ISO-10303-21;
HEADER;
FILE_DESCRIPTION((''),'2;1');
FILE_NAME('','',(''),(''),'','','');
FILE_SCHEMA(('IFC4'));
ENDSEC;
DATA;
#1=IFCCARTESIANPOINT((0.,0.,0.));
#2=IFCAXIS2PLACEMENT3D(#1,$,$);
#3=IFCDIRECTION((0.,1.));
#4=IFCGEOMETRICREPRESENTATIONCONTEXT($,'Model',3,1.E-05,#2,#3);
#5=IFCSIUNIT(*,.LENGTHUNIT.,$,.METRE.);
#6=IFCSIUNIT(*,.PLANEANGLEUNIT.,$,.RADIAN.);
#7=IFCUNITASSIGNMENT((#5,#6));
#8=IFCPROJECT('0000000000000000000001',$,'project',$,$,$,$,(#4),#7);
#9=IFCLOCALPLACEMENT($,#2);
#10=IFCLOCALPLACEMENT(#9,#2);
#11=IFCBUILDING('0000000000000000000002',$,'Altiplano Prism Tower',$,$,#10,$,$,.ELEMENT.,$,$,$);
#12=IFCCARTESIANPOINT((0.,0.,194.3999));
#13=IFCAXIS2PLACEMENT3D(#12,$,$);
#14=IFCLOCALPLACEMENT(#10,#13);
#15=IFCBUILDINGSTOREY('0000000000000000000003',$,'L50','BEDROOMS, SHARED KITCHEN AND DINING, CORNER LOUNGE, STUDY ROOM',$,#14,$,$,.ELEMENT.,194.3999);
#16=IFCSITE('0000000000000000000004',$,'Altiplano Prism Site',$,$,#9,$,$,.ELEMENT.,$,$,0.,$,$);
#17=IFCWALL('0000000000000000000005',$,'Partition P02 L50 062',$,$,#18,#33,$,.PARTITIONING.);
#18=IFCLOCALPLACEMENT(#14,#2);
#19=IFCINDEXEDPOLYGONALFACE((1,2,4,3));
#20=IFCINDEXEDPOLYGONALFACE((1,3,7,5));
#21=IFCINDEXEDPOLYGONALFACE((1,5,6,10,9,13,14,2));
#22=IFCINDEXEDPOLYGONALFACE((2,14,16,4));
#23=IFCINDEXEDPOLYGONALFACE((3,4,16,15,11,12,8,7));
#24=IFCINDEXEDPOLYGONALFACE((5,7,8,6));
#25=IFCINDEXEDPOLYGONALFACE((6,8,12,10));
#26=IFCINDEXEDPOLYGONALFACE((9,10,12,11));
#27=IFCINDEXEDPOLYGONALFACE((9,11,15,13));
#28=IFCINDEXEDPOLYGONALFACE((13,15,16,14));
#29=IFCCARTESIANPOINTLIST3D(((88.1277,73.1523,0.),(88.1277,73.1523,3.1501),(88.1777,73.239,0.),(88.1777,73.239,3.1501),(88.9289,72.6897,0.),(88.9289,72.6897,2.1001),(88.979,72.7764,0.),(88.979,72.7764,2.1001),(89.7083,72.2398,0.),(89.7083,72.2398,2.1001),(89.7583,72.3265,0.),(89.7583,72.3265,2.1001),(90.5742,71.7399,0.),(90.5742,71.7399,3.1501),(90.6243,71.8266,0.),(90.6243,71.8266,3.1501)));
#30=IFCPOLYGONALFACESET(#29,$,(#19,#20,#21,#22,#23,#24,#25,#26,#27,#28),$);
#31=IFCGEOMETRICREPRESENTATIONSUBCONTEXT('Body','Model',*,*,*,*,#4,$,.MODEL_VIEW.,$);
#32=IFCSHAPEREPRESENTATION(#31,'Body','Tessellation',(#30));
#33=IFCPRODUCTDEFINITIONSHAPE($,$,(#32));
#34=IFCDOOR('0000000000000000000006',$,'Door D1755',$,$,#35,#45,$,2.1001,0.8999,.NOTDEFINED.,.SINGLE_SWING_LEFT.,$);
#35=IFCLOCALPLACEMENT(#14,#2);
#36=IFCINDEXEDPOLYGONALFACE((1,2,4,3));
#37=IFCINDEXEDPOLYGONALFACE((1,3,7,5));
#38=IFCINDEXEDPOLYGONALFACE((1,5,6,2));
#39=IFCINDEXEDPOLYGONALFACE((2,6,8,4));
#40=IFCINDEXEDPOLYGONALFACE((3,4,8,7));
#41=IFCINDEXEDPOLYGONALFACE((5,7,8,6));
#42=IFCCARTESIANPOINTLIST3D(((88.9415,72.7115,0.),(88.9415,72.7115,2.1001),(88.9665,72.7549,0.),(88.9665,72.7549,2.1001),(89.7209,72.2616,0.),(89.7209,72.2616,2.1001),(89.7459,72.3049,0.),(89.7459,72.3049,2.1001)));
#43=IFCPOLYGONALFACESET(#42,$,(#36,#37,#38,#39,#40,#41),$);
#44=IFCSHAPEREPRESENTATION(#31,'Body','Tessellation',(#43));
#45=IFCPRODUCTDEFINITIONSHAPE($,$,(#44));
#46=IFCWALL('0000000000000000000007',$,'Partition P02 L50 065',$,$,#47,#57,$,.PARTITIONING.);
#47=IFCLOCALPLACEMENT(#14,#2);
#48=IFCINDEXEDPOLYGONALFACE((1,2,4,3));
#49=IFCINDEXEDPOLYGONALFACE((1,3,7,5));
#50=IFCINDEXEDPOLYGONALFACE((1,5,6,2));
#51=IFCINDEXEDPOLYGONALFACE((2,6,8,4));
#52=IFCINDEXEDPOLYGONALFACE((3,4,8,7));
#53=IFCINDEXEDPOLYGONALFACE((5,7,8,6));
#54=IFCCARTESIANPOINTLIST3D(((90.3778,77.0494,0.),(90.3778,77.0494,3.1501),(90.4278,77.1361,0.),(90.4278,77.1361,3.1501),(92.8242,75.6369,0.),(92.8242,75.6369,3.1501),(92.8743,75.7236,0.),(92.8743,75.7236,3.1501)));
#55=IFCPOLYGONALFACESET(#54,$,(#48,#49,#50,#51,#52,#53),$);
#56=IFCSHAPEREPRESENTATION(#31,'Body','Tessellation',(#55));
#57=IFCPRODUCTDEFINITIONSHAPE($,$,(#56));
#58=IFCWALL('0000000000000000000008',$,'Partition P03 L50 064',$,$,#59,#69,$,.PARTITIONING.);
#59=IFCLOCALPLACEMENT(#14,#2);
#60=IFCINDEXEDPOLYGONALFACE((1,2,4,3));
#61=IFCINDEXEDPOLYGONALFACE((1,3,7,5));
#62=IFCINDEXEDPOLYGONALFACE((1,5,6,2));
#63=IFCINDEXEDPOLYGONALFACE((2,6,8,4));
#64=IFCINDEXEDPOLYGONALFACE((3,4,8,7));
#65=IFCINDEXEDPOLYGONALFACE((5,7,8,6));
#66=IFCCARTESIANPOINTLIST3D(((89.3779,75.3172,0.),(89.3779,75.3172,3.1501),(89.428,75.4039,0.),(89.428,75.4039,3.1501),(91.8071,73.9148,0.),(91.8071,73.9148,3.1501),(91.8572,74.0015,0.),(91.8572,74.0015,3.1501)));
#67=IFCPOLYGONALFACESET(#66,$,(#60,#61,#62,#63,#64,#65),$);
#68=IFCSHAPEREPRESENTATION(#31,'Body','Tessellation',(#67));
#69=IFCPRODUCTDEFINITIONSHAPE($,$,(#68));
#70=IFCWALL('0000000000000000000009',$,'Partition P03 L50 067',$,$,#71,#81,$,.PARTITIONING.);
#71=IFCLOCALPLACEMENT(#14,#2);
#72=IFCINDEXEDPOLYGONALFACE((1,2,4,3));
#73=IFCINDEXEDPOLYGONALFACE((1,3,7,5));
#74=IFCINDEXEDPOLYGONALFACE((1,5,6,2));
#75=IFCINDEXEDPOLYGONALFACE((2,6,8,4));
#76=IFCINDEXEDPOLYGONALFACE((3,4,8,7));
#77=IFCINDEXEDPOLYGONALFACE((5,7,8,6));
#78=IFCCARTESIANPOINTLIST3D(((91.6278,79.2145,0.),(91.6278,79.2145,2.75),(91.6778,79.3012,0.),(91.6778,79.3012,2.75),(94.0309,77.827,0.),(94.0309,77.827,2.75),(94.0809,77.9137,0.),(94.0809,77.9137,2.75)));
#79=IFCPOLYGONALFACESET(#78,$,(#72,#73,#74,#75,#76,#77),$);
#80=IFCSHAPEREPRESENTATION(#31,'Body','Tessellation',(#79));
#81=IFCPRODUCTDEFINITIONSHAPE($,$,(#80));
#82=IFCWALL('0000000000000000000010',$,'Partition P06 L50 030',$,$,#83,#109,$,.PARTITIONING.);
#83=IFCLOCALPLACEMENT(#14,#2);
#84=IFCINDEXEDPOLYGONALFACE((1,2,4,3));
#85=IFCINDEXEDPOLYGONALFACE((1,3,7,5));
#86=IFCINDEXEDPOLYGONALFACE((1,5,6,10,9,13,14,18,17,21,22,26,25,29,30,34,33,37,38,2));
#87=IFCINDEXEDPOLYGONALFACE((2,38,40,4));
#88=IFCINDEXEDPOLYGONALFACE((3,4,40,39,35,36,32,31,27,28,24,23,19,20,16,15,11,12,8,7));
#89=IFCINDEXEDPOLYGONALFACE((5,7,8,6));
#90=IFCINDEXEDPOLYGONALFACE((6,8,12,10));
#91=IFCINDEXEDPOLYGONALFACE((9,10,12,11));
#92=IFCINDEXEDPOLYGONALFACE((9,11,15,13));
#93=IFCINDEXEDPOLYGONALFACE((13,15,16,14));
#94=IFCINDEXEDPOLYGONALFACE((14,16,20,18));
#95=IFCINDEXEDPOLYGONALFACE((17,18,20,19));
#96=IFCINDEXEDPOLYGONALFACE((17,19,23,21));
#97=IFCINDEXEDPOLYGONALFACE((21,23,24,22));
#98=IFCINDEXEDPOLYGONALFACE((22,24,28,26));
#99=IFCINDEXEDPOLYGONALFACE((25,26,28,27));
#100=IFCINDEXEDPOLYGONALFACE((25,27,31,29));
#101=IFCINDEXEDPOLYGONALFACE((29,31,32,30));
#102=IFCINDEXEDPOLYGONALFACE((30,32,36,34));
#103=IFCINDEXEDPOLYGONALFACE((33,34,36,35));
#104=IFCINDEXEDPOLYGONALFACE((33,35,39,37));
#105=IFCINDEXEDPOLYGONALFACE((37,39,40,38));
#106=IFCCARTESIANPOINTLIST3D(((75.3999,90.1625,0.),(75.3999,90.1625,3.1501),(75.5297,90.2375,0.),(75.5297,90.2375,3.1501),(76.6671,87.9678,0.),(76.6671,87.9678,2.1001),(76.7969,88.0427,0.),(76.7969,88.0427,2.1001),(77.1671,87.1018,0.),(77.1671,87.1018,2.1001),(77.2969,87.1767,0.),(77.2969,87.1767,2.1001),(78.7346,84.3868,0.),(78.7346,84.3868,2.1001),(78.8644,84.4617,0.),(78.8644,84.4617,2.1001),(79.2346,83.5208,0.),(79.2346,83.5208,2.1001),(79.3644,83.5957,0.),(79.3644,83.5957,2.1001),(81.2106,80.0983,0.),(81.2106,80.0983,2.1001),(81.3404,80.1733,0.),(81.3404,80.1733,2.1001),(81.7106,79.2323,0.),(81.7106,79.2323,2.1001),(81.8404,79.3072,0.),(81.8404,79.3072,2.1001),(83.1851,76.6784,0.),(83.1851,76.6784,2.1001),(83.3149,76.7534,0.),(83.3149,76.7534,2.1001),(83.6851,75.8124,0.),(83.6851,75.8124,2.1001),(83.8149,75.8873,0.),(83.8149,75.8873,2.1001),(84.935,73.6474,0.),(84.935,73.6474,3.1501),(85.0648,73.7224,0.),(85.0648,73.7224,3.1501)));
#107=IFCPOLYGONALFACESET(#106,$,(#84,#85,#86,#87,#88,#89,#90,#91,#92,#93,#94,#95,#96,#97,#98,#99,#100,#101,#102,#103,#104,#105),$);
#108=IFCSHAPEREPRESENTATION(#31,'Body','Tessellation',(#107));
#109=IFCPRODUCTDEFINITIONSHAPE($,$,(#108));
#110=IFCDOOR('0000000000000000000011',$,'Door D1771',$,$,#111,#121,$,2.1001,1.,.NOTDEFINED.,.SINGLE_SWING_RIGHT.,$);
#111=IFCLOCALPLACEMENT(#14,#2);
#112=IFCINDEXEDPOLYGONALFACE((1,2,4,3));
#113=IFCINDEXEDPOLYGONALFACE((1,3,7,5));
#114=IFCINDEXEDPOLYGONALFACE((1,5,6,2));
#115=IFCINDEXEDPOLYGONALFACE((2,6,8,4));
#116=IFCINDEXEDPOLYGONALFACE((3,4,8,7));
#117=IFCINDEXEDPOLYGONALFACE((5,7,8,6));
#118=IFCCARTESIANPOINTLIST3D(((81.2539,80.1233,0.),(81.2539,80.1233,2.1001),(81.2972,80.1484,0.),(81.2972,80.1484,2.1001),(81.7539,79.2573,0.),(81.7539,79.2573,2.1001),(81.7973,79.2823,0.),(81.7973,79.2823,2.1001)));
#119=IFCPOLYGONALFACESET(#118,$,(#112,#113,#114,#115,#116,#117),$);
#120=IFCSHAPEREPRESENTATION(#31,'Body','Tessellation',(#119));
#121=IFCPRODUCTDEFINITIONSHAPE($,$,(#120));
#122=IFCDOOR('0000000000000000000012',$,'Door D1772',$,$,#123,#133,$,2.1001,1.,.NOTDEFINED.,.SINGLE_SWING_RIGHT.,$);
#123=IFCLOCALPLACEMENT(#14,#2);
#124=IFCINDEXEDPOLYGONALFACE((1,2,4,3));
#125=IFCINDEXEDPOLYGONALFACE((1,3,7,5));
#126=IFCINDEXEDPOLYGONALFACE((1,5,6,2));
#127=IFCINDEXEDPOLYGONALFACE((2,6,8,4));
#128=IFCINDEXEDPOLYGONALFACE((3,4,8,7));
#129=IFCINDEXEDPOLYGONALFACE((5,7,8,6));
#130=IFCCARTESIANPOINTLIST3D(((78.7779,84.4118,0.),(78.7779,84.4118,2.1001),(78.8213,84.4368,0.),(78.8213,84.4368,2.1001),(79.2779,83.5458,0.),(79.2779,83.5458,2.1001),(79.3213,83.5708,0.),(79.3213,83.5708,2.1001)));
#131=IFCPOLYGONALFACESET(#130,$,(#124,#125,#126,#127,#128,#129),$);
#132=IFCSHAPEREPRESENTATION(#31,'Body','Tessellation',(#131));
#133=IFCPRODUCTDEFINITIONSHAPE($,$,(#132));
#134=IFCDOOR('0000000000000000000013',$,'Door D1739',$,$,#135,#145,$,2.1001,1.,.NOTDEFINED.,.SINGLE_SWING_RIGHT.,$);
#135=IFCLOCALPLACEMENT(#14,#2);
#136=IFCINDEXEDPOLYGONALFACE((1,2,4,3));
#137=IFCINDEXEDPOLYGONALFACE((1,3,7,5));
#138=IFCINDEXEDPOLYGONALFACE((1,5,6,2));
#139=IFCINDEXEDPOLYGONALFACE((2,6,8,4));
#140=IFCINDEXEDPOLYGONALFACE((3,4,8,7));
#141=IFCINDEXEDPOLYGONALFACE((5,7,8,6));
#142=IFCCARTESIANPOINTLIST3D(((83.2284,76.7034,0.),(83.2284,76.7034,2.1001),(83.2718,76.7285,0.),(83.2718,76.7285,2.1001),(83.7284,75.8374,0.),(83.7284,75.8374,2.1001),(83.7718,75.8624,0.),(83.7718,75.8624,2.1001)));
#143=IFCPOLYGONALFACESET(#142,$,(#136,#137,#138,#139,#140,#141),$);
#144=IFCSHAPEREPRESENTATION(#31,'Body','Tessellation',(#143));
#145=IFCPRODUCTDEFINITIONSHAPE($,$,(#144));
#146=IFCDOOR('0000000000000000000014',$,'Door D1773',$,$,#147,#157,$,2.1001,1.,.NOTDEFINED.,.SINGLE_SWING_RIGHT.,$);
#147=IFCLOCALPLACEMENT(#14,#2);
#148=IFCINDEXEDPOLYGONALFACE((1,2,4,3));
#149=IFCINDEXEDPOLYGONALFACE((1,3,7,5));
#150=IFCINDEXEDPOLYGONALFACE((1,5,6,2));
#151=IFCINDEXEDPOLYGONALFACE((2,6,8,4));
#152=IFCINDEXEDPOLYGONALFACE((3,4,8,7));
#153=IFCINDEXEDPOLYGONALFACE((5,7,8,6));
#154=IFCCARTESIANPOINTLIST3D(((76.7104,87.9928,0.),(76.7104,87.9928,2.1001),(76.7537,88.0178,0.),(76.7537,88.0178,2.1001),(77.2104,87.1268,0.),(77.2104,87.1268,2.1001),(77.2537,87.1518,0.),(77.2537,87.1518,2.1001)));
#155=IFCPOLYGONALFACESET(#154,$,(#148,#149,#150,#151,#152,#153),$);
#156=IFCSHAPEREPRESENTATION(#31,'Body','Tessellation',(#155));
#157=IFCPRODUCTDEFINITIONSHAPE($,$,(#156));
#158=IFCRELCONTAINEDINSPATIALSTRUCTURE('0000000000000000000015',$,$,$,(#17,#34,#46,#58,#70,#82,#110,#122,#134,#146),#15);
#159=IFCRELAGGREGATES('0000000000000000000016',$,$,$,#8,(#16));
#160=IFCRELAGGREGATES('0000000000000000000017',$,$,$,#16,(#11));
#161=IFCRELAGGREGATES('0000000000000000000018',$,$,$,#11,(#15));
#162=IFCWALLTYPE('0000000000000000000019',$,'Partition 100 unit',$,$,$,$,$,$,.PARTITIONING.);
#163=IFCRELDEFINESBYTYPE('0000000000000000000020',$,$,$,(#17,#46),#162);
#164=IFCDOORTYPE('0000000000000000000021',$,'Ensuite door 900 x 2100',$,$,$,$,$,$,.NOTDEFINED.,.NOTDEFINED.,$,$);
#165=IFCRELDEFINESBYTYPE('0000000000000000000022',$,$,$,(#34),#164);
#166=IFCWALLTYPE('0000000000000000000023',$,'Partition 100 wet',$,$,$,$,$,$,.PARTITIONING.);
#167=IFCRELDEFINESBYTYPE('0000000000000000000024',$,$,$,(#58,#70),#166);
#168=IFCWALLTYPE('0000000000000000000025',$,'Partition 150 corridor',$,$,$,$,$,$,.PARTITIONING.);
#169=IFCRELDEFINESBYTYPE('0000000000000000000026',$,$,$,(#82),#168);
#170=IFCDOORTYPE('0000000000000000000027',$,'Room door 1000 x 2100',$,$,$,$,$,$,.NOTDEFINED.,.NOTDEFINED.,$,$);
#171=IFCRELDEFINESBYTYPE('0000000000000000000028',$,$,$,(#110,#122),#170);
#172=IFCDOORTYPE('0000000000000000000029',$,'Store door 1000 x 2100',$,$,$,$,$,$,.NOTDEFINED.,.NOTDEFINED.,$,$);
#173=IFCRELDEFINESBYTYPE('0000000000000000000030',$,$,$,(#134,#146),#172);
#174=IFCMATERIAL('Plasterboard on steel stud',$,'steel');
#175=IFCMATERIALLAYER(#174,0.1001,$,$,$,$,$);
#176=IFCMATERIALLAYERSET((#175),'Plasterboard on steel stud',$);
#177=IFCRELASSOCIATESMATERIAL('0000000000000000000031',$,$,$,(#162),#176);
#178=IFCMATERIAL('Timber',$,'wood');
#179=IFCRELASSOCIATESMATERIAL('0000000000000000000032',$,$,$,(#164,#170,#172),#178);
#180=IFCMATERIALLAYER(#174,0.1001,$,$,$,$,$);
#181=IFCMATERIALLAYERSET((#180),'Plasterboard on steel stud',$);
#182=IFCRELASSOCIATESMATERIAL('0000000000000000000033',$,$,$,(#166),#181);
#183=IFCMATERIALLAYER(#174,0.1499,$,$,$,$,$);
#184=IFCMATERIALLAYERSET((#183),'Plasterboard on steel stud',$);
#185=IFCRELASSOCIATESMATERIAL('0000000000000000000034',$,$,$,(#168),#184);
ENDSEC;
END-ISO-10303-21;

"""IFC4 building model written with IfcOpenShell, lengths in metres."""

from ifc_helpers import new_model, si_unit, direction, frame, frame_2d, origin, place, context, subcontext, project, spatial, rectangle, extrude, material, layer, layer_set, type_object, element, fill, save


model = new_model("IFC4")

# Units and contexts
model_context = context("Model", 3, precision=1e-05, world=origin(), true_north=direction((0.0, 1.0)))
body_context = subcontext(model_context, "Body", "Model", "MODEL_VIEW")
ifc_project = project(units=[si_unit("LENGTHUNIT", "METRE"), si_unit("PLANEANGLEUNIT", "RADIAN")], contexts=[model_context])

# Site, building, storey
site_placement = place(None, origin())
site = spatial("IfcSite", under=ifc_project, at=site_placement, Name="Altiplano Prism Site", CompositionType="ELEMENT", RefElevation=0.0)
building_placement = place(site_placement, origin())
building = spatial("IfcBuilding", under=site, at=building_placement, Name="Altiplano Prism Tower", CompositionType="ELEMENT")
storey_placement = place(building_placement, frame((0.0, 0.0, 194.3999)))
storey = spatial("IfcBuildingStorey", under=building, at=storey_placement, Name="L50", Description="BEDROOMS, SHARED KITCHEN AND DINING, CORNER LOUNGE, STUDY ROOM", CompositionType="ELEMENT", Elevation=194.3999)

# Shared definitions
ifc_material_1 = material(Name="Plasterboard on steel stud", Category="steel")
ifc_layer_1 = layer(ifc_material_1, 0.1001)
ifc_layer_set_1 = layer_set([ifc_layer_1], Name="Plasterboard on steel stud")
wall_type_1 = type_object("IfcWallType", Name="Partition 100 unit", PredefinedType="PARTITIONING", material=ifc_layer_set_1)
ifc_material_2 = material(Name="Timber", Category="wood")
door_type_1 = type_object("IfcDoorType", Name="Ensuite door 900 x 2100", OperationType="NOTDEFINED", PredefinedType="NOTDEFINED", material=ifc_material_2)

# Wall, opening, door
wall_1_placement = place(storey_placement, frame((90.5994, 71.7832, 0.0), z_axis=(0.0, 0.0, 1.0), x_axis=(-0.866049, 0.499959, 0.0)))
wall_1 = element("IfcWall", 1, at=wall_1_placement, inside=storey, type_object=wall_type_1, Name="Partition P02 L50 062", PredefinedType="PARTITIONING", context=body_context, shape_type="SweptSolid", body=[
    extrude(rectangle(XDim=2.825, YDim=0.1001, at=frame_2d((1.4126, 0.0))), origin(), (0.0, 0.0, 1.0), 3.1501),
])
opening_1_placement = place(wall_1_placement, frame((1.0, 0.0, 0.0)))
opening_1 = element("IfcOpeningElement", 2, at=opening_1_placement, cuts=wall_1, PredefinedType="OPENING", context=body_context, shape_type="SweptSolid", body=[
    extrude(rectangle(XDim=0.8999, YDim=2.1001, at=frame_2d((0.45, 1.05))), frame((0.0, 0.0605, 0.0), z_axis=(0.0, -1.0, 0.0), x_axis=(1.0, 0.0, 0.0)), (0.0, 0.0, 1.0), 0.1211),
])
door_1_placement = place(opening_1_placement, origin())
door_1 = element("IfcDoor", 3, at=door_1_placement, inside=storey, type_object=door_type_1, Name="Door D1755", OperationType="SINGLE_SWING_LEFT", OverallHeight=2.1001, OverallWidth=0.8999, PredefinedType="NOTDEFINED", context=body_context, shape_type="SweptSolid", body=[
    extrude(rectangle(XDim=0.8999, YDim=2.1001, at=frame_2d((0.45, 1.05))), frame((0.0, 0.0249, 0.0), z_axis=(0.0, -1.0, 0.0), x_axis=(1.0, 0.0, 0.0)), (0.0, 0.0, 1.0), 0.05),
])
fill(opening_1, door_1)

# Walls
wall_2_placement = place(storey_placement, frame((92.8494, 75.6802, 0.0), z_axis=(0.0, 0.0, 1.0), x_axis=(-0.866011, 0.500024, 0.0)))
element("IfcWall", 4, at=wall_2_placement, inside=storey, type_object=wall_type_1, Name="Partition P02 L50 065", PredefinedType="PARTITIONING", context=body_context, shape_type="SweptSolid", body=[
    extrude(rectangle(XDim=2.825, YDim=0.1001, at=frame_2d((1.4126, 0.0))), origin(), (0.0, 0.0, 1.0), 3.1501),
])
ifc_layer_2 = layer(ifc_material_1, 0.1001)
ifc_layer_set_2 = layer_set([ifc_layer_2], Name="Plasterboard on steel stud")
wall_type_2 = type_object("IfcWallType", Name="Partition 100 wet", PredefinedType="PARTITIONING", material=ifc_layer_set_2)
wall_3_placement = place(storey_placement, frame((91.832, 73.9583, 0.0), z_axis=(0.0, 0.0, 1.0), x_axis=(-0.866049, 0.499959, 0.0)))
element("IfcWall", 5, at=wall_3_placement, inside=storey, type_object=wall_type_2, Name="Partition P03 L50 064", PredefinedType="PARTITIONING", context=body_context, shape_type="SweptSolid", body=[
    extrude(rectangle(XDim=2.8049, YDim=0.1001, at=frame_2d((1.4023, 0.0))), origin(), (0.0, 0.0, 1.0), 3.1501),
])
wall_4_placement = place(storey_placement, frame((94.0559, 77.8704, 0.0), z_axis=(0.0, 0.0, 1.0), x_axis=(-0.86602, 0.500009, 0.0)))
element("IfcWall", 6, at=wall_4_placement, inside=storey, type_object=wall_type_2, Name="Partition P03 L50 067", PredefinedType="PARTITIONING", context=body_context, shape_type="SweptSolid", body=[
    extrude(rectangle(XDim=2.7749, YDim=0.1001, at=frame_2d((1.3875, 0.0))), origin(), (0.0, 0.0, 1.0), 2.75),
])

# Wall, openings, doors
ifc_layer_3 = layer(ifc_material_1, 0.1499)
ifc_layer_set_3 = layer_set([ifc_layer_3], Name="Plasterboard on steel stud")
wall_type_3 = type_object("IfcWallType", Name="Partition 150 corridor", PredefinedType="PARTITIONING", material=ifc_layer_set_3)
wall_5_placement = place(storey_placement, frame((85.0, 73.6848, 0.0), z_axis=(0.0, 0.0, 1.0), x_axis=(-0.500005, 0.866022, 0.0)))
wall_5 = element("IfcWall", 7, at=wall_5_placement, inside=storey, type_object=wall_type_3, Name="Partition P06 L50 030", PredefinedType="PARTITIONING", context=body_context, shape_type="SweptSolid", body=[
    extrude(rectangle(XDim=19.0701, YDim=0.1499, at=frame_2d((9.5352, 0.0))), origin(), (0.0, 0.0, 1.0), 3.1501),
])
opening_2_placement = place(wall_5_placement, frame((2.5, 0.0, 0.0)))
opening_2 = element("IfcOpeningElement", 8, at=opening_2_placement, cuts=wall_5, PredefinedType="OPENING", context=body_context, shape_type="SweptSolid", body=[
    extrude(rectangle(XDim=1.0, YDim=2.1001, at=frame_2d((0.5, 1.05))), frame((0.0, 0.0854, 0.0), z_axis=(0.0, -1.0, 0.0), x_axis=(1.0, 0.0, 0.0)), (0.0, 0.0, 1.0), 0.1709),
])
opening_3_placement = place(wall_5_placement, frame((6.449, 0.0, 0.0)))
opening_3 = element("IfcOpeningElement", 9, at=opening_3_placement, cuts=wall_5, PredefinedType="OPENING", context=body_context, shape_type="SweptSolid", body=[
    extrude(rectangle(XDim=1.0, YDim=2.1001, at=frame_2d((0.5, 1.05))), frame((0.0, 0.0854, 0.0), z_axis=(0.0, -1.0, 0.0), x_axis=(1.0, 0.0, 0.0)), (0.0, 0.0, 1.0), 0.1709),
])
opening_4_placement = place(wall_5_placement, frame((11.4009, 0.0, 0.0)))
opening_4 = element("IfcOpeningElement", 10, at=opening_4_placement, cuts=wall_5, PredefinedType="OPENING", context=body_context, shape_type="SweptSolid", body=[
    extrude(rectangle(XDim=1.0, YDim=2.1001, at=frame_2d((0.5, 1.05))), frame((0.0, 0.0854, 0.0), z_axis=(0.0, -1.0, 0.0), x_axis=(1.0, 0.0, 0.0)), (0.0, 0.0, 1.0), 0.1709),
])
opening_5_placement = place(wall_5_placement, frame((15.5359, 0.0, 0.0)))
opening_5 = element("IfcOpeningElement", 11, at=opening_5_placement, cuts=wall_5, PredefinedType="OPENING", context=body_context, shape_type="SweptSolid", body=[
    extrude(rectangle(XDim=1.0, YDim=2.1001, at=frame_2d((0.5, 1.05))), frame((0.0, 0.0854, 0.0), z_axis=(0.0, -1.0, 0.0), x_axis=(1.0, 0.0, 0.0)), (0.0, 0.0, 1.0), 0.1709),
])
door_type_2 = type_object("IfcDoorType", Name="Room door 1000 x 2100", OperationType="NOTDEFINED", PredefinedType="NOTDEFINED", material=ifc_material_2)
door_2_placement = place(opening_3_placement, origin())
door_2 = element("IfcDoor", 12, at=door_2_placement, inside=storey, type_object=door_type_2, Name="Door D1771", OperationType="SINGLE_SWING_RIGHT", OverallHeight=2.1001, OverallWidth=1.0, PredefinedType="NOTDEFINED", context=body_context, shape_type="SweptSolid", body=[
    extrude(rectangle(XDim=1.0, YDim=2.1001, at=frame_2d((0.5, 1.05))), frame((0.0, 0.0249, 0.0), z_axis=(0.0, -1.0, 0.0), x_axis=(1.0, 0.0, 0.0)), (0.0, 0.0, 1.0), 0.05),
])
fill(opening_3, door_2)
door_3_placement = place(opening_4_placement, origin())
door_3 = element("IfcDoor", 13, at=door_3_placement, inside=storey, type_object=door_type_2, Name="Door D1772", OperationType="SINGLE_SWING_RIGHT", OverallHeight=2.1001, OverallWidth=1.0, PredefinedType="NOTDEFINED", context=body_context, shape_type="SweptSolid", body=[
    extrude(rectangle(XDim=1.0, YDim=2.1001, at=frame_2d((0.5, 1.05))), frame((0.0, 0.0249, 0.0), z_axis=(0.0, -1.0, 0.0), x_axis=(1.0, 0.0, 0.0)), (0.0, 0.0, 1.0), 0.05),
])
fill(opening_4, door_3)
door_type_3 = type_object("IfcDoorType", Name="Store door 1000 x 2100", OperationType="NOTDEFINED", PredefinedType="NOTDEFINED", material=ifc_material_2)
door_4_placement = place(opening_2_placement, origin())
door_4 = element("IfcDoor", 14, at=door_4_placement, inside=storey, type_object=door_type_3, Name="Door D1739", OperationType="SINGLE_SWING_RIGHT", OverallHeight=2.1001, OverallWidth=1.0, PredefinedType="NOTDEFINED", context=body_context, shape_type="SweptSolid", body=[
    extrude(rectangle(XDim=1.0, YDim=2.1001, at=frame_2d((0.5, 1.05))), frame((0.0, 0.0249, 0.0), z_axis=(0.0, -1.0, 0.0), x_axis=(1.0, 0.0, 0.0)), (0.0, 0.0, 1.0), 0.05),
])
fill(opening_2, door_4)
door_5_placement = place(opening_5_placement, origin())
door_5 = element("IfcDoor", 15, at=door_5_placement, inside=storey, type_object=door_type_3, Name="Door D1773", OperationType="SINGLE_SWING_RIGHT", OverallHeight=2.1001, OverallWidth=1.0, PredefinedType="NOTDEFINED", context=body_context, shape_type="SweptSolid", body=[
    extrude(rectangle(XDim=1.0, YDim=2.1001, at=frame_2d((0.5, 1.05))), frame((0.0, 0.0249, 0.0), z_axis=(0.0, -1.0, 0.0), x_axis=(1.0, 0.0, 0.0)), (0.0, 0.0, 1.0), 0.05),
])
fill(opening_5, door_5)

save(model, "model.ifc")
